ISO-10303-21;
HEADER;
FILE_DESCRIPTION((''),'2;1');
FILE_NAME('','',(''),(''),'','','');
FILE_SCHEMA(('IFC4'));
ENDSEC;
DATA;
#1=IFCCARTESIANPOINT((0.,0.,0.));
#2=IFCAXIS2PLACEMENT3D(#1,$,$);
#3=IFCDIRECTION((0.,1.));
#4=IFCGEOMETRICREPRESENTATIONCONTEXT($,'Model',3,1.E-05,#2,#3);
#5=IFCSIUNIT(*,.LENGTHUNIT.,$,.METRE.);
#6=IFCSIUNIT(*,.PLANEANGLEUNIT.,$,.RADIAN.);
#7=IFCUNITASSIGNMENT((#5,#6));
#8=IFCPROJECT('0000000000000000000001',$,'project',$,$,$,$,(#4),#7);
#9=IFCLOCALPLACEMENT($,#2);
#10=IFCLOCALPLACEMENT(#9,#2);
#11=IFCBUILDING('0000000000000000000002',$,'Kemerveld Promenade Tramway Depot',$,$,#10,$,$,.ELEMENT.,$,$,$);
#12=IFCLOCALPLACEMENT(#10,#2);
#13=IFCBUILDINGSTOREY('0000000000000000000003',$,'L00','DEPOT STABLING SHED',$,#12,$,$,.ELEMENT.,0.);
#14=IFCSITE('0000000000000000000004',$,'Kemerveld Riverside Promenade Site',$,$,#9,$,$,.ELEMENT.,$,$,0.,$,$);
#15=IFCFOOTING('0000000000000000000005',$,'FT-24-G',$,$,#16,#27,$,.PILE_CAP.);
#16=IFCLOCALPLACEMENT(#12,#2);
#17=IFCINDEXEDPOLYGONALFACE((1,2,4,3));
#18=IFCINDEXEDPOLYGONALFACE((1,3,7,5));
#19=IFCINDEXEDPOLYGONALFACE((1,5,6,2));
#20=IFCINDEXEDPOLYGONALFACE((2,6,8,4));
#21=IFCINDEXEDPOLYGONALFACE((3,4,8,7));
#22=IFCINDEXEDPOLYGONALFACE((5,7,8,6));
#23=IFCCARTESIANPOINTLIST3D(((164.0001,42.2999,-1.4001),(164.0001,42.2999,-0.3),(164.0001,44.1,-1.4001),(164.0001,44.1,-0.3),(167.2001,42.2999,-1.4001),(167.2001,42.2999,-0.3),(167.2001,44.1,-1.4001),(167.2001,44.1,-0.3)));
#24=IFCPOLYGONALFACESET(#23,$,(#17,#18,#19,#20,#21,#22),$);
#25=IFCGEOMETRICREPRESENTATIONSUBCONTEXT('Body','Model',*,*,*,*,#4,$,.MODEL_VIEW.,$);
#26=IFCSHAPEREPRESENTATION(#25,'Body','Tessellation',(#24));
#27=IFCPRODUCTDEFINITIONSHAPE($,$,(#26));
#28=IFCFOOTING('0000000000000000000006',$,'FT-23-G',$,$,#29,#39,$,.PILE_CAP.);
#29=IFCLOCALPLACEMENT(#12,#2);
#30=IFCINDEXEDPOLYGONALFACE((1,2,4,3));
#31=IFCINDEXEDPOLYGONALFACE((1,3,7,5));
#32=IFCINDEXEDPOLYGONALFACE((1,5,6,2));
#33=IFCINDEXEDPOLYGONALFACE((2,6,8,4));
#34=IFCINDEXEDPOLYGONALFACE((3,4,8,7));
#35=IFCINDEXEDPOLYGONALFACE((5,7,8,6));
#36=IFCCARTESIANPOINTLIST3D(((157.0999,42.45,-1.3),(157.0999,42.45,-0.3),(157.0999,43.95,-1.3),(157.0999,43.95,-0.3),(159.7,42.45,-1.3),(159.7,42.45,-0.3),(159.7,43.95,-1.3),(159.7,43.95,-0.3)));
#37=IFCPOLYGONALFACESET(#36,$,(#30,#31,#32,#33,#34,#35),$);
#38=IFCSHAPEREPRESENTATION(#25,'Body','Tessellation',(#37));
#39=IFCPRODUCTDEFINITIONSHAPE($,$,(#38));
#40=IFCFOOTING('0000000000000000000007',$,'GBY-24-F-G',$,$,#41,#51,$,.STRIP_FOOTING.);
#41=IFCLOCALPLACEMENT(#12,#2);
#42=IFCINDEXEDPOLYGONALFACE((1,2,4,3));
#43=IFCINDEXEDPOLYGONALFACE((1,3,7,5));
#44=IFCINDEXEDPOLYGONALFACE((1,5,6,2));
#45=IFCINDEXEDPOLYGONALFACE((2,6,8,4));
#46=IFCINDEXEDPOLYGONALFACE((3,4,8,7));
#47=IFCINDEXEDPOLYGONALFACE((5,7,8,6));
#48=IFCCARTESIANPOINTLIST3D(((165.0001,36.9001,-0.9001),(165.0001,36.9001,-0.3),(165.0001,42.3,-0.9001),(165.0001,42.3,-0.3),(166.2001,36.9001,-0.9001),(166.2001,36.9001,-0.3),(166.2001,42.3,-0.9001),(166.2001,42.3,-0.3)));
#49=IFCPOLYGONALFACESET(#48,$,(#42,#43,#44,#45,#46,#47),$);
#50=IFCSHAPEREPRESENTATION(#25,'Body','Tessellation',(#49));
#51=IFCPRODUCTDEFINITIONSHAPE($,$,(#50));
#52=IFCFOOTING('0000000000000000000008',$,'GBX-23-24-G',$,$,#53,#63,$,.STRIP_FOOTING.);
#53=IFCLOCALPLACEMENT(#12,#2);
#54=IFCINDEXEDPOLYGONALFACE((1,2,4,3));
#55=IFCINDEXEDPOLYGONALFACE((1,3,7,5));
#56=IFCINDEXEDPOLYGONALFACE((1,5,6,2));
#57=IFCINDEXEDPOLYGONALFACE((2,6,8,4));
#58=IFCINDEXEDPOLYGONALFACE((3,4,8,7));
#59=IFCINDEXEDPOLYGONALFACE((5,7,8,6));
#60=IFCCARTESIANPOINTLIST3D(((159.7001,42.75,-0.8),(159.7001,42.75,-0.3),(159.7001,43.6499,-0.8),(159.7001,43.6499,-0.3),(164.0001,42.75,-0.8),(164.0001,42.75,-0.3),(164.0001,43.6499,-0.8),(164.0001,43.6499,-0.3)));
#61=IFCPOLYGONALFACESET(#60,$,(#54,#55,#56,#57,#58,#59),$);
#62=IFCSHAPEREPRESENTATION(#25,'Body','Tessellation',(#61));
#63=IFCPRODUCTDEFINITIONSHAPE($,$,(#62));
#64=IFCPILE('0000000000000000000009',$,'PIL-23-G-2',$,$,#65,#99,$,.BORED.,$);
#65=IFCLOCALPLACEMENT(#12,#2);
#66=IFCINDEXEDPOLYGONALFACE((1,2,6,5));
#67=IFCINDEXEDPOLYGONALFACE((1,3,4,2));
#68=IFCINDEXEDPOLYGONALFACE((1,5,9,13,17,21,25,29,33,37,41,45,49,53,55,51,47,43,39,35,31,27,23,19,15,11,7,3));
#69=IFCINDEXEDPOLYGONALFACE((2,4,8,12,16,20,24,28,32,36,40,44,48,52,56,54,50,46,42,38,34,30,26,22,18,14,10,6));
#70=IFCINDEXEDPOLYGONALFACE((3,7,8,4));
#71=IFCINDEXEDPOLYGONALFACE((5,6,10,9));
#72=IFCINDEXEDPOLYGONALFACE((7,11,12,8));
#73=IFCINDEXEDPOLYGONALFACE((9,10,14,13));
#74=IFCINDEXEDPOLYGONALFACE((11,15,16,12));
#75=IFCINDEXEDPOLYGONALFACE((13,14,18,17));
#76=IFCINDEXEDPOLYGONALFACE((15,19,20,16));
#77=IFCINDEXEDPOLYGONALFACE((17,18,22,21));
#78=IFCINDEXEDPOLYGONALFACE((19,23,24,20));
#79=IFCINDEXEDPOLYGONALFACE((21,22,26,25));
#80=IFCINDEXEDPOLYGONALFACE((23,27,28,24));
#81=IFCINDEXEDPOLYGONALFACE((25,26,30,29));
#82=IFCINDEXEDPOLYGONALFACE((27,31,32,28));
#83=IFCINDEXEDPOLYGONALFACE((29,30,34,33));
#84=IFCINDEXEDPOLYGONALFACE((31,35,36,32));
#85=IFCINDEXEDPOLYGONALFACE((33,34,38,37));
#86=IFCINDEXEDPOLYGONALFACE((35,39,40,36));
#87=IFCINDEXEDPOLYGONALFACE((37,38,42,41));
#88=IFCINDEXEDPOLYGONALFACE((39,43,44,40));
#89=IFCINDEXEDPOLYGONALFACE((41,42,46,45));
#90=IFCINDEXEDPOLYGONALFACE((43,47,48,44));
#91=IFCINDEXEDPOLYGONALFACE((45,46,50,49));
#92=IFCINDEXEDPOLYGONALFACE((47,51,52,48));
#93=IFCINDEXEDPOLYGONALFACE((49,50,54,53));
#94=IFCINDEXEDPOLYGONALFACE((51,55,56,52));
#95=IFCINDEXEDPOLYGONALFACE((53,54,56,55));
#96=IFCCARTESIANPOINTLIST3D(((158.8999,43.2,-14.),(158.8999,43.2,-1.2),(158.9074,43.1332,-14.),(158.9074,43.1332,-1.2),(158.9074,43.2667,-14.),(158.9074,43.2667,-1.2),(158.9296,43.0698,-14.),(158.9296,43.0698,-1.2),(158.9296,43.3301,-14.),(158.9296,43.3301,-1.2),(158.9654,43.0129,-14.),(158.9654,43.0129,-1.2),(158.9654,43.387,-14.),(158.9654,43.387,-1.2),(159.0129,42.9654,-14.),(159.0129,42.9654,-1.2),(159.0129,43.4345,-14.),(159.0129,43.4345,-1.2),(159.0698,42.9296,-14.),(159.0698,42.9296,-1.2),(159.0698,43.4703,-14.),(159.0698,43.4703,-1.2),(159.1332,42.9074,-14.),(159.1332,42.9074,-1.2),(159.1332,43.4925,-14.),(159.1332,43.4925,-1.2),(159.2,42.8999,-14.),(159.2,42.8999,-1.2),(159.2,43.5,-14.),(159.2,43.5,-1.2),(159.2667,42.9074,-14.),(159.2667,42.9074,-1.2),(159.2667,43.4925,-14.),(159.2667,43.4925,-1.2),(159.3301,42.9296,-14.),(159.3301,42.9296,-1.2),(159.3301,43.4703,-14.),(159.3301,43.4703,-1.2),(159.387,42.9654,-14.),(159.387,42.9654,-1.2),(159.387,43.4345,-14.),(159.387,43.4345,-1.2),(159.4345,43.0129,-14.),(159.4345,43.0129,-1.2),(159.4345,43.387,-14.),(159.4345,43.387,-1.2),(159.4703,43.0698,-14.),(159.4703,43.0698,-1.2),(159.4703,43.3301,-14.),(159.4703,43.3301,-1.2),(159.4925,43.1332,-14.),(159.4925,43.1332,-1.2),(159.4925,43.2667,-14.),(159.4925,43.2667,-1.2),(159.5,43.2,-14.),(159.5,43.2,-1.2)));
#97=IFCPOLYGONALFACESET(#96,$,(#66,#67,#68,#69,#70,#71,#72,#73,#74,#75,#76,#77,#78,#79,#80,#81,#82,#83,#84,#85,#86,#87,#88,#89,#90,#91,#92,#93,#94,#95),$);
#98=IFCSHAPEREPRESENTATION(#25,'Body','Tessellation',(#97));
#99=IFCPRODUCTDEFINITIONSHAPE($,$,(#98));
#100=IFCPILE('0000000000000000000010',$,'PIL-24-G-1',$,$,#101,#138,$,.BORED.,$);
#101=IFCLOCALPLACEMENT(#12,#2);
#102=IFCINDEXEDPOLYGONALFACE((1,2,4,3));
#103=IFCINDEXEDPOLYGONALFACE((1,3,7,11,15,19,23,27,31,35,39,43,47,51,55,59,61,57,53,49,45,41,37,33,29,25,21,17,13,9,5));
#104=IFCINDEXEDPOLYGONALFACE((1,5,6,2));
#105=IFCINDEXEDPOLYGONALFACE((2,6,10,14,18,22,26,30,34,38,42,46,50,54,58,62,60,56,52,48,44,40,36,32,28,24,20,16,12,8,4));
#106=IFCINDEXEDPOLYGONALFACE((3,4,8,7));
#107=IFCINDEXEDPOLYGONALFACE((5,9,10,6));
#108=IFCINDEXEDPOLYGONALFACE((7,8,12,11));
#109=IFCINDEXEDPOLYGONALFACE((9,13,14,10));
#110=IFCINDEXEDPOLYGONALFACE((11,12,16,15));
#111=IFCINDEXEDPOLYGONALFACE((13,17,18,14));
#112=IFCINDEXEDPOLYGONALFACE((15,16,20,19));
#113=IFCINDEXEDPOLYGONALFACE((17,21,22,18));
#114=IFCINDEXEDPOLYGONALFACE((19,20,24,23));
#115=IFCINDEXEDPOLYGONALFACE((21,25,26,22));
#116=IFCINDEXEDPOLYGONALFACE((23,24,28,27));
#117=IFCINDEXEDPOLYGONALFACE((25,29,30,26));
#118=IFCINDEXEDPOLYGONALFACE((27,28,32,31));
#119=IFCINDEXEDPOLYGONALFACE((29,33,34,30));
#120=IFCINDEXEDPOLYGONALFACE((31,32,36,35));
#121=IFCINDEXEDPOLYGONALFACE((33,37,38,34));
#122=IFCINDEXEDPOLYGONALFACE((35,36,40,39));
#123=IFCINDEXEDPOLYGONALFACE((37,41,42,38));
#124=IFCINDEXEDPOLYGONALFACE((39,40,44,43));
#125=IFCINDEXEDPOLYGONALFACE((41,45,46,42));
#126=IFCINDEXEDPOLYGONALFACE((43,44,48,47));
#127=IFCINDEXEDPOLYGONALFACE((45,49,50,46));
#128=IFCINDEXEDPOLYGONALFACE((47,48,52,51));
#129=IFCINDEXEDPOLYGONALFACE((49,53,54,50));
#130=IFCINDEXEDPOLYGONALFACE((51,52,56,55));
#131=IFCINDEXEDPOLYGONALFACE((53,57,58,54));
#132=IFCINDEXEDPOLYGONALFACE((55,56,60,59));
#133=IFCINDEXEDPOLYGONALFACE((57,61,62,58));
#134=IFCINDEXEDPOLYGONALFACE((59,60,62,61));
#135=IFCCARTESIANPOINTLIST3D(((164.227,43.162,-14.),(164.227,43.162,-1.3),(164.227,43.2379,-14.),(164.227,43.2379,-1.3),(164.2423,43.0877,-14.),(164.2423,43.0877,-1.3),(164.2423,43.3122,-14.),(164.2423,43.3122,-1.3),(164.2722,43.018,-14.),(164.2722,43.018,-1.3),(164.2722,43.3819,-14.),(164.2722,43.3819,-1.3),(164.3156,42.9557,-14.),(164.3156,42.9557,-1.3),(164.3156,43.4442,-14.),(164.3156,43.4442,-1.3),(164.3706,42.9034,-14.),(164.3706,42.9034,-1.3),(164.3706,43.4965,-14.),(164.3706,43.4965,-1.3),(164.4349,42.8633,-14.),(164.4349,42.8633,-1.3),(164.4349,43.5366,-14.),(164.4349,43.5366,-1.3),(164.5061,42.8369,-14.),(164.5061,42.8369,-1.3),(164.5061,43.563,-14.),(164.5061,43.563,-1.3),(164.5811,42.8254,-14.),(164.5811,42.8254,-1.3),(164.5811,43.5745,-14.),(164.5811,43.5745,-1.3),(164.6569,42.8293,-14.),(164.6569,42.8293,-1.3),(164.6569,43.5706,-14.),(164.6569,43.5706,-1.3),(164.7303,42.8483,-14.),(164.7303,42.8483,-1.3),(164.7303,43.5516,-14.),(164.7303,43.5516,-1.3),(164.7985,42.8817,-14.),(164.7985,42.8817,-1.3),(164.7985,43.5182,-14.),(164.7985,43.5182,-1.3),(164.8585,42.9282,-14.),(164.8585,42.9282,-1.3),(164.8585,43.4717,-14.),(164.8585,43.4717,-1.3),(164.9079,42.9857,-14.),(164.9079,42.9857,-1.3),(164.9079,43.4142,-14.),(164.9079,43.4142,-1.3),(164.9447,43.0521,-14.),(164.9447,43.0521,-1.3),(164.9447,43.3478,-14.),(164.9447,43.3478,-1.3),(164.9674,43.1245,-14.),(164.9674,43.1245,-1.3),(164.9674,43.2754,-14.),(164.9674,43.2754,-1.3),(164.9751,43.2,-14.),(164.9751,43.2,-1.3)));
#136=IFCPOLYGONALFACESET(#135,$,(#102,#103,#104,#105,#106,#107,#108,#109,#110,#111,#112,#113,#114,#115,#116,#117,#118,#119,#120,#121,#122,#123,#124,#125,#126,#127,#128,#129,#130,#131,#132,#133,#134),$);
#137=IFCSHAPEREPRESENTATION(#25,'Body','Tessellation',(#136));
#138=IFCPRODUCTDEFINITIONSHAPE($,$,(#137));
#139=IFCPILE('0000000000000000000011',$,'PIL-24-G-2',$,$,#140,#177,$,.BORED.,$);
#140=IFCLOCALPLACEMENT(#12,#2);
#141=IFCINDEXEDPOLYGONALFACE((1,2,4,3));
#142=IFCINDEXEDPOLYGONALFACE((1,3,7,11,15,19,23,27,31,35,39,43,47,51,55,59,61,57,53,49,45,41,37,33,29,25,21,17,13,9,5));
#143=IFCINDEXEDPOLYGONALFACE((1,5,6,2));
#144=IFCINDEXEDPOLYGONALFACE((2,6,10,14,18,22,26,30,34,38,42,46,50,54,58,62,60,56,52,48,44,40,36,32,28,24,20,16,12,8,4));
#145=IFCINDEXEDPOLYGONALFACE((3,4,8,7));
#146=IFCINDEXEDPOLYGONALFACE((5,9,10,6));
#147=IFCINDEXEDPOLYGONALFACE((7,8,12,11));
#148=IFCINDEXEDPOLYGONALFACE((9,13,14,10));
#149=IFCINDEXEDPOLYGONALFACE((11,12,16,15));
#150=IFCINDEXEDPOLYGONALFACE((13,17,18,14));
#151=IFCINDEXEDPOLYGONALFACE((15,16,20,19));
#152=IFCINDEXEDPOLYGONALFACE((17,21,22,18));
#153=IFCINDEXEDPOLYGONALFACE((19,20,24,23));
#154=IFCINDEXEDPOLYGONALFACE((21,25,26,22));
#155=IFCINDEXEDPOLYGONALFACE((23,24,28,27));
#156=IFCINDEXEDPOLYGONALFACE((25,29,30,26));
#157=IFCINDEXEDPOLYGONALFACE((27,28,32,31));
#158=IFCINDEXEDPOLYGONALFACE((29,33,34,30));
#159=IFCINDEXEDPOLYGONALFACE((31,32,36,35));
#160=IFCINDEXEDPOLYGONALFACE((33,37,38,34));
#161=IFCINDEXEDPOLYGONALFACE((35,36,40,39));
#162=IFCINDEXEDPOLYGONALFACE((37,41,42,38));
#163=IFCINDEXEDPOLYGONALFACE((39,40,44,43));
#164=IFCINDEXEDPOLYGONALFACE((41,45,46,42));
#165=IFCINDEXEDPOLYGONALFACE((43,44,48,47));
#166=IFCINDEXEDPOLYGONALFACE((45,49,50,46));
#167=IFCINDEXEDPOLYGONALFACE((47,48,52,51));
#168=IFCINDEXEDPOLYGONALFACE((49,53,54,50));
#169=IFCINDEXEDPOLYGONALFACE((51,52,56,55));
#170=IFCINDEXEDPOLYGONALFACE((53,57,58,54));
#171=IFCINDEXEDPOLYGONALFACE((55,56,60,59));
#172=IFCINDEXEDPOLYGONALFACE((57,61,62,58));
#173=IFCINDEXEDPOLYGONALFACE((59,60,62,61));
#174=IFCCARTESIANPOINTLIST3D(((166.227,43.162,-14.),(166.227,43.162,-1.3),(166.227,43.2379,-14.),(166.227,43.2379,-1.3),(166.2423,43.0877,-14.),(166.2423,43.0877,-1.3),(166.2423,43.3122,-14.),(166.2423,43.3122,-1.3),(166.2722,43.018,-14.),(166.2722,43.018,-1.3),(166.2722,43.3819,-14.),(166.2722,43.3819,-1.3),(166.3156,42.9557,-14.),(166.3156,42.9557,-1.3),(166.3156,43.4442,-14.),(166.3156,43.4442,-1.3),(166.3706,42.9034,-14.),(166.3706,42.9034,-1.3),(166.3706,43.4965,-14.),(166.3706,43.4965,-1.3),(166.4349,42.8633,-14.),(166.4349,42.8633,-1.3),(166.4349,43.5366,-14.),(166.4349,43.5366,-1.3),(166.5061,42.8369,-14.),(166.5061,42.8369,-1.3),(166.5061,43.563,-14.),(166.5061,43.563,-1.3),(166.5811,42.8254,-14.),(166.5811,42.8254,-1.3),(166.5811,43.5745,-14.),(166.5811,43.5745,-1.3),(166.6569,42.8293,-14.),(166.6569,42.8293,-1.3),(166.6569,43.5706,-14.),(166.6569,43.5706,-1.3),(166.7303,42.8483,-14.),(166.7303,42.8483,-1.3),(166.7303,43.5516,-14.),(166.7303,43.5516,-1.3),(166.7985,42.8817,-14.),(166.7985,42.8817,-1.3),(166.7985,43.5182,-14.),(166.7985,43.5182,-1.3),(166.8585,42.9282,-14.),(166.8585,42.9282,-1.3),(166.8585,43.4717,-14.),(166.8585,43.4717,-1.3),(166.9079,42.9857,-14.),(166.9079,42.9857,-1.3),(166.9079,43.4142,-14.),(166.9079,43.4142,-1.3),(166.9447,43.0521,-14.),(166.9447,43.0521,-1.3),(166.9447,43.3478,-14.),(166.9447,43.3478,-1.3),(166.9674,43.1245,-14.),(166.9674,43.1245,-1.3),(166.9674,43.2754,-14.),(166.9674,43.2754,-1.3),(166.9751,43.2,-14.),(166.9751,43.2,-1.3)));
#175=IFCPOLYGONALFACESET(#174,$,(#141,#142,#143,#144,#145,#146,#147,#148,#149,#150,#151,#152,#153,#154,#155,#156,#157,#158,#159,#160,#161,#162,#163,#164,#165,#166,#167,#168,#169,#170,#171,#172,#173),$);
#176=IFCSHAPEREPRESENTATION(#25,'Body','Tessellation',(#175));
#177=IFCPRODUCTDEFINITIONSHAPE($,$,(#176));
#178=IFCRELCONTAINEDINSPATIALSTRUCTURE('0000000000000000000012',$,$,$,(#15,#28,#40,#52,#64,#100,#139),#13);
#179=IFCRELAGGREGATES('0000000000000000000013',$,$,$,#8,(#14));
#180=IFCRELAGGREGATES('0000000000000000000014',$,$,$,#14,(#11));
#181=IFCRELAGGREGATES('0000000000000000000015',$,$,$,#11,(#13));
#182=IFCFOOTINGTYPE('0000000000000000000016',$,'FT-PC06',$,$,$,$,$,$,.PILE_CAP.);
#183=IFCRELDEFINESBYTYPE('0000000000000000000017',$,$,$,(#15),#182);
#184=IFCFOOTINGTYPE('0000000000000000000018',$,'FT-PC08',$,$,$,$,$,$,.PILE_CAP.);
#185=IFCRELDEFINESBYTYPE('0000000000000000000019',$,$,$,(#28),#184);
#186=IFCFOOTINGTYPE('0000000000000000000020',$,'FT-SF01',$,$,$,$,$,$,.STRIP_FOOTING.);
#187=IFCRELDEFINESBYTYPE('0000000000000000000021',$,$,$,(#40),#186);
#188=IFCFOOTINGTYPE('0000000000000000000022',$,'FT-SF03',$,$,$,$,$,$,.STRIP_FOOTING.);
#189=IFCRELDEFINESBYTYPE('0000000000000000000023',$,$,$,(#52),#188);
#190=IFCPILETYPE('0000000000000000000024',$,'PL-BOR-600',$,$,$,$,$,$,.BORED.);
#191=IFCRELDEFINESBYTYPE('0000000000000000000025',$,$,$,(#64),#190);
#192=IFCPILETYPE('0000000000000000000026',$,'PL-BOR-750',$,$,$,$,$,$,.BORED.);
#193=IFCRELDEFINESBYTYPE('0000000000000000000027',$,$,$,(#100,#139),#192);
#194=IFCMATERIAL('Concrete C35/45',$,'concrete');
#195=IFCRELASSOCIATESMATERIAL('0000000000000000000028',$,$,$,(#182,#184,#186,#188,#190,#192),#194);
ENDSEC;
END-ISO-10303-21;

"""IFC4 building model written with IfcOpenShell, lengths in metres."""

from ifc_helpers import new_model, si_unit, direction, frame, origin, origin_2d, place, context, subcontext, project, spatial, rectangle, circle, extrude, material, material_profile, profile_set, type_object, element, save


model = new_model("IFC4")

# Units and contexts
model_context = context("Model", 3, precision=1e-05, world=origin(), true_north=direction((0.0, 1.0)))
body_context = subcontext(model_context, "Body", "Model", "MODEL_VIEW")
ifc_project = project(units=[si_unit("LENGTHUNIT", "METRE"), si_unit("PLANEANGLEUNIT", "RADIAN")], contexts=[model_context])

# Site, building, storey
site_placement = place(None, origin())
site = spatial("IfcSite", under=ifc_project, at=site_placement, Name="Kemerveld Riverside Promenade Site", CompositionType="ELEMENT", RefElevation=0.0)
building_placement = place(site_placement, origin())
building = spatial("IfcBuilding", under=site, at=building_placement, Name="Kemerveld Promenade Tramway Depot", CompositionType="ELEMENT")
storey_placement = place(building_placement, origin())
storey = spatial("IfcBuildingStorey", under=building, at=storey_placement, Name="L00", Description="DEPOT STABLING SHED", CompositionType="ELEMENT", Elevation=0.0)

# Footings
ifc_material_1 = material(Name="Concrete C35/45", Category="concrete")
footing_type_1 = type_object("IfcFootingType", Name="FT-PC06", PredefinedType="PILE_CAP", material=ifc_material_1)
footing_1_placement = place(storey_placement, frame((165.6001, 43.2, -1.4001), z_axis=(0.0, 0.0, 1.0), x_axis=(1.0, 0.0, 0.0)))
element("IfcFooting", 1, at=footing_1_placement, inside=storey, type_object=footing_type_1, Name="FT-24-G", PredefinedType="PILE_CAP", context=body_context, shape_type="SweptSolid", body=[
    extrude(rectangle(XDim=3.2, YDim=1.8, at=origin_2d()), origin(), (0.0, 0.0, 1.0), 1.1001),
])
footing_type_2 = type_object("IfcFootingType", Name="FT-PC08", PredefinedType="PILE_CAP", material=ifc_material_1)
footing_2_placement = place(storey_placement, frame((158.3999, 43.2, -1.3), z_axis=(0.0, 0.0, 1.0), x_axis=(1.0, 0.0, 0.0)))
element("IfcFooting", 2, at=footing_2_placement, inside=storey, type_object=footing_type_2, Name="FT-23-G", PredefinedType="PILE_CAP", context=body_context, shape_type="SweptSolid", body=[
    extrude(rectangle(XDim=2.6001, YDim=1.5, at=origin_2d()), origin(), (0.0, 0.0, 1.0), 1.0),
])
footing_type_3 = type_object("IfcFootingType", Name="FT-SF01", PredefinedType="STRIP_FOOTING", material=ifc_material_1)
footing_3_placement = place(storey_placement, frame((165.6001, 39.6001, -0.9001), z_axis=(0.0, 0.0, 1.0), x_axis=(0.0, 1.0, 0.0)))
element("IfcFooting", 3, at=footing_3_placement, inside=storey, type_object=footing_type_3, Name="GBY-24-F-G", PredefinedType="STRIP_FOOTING", context=body_context, shape_type="SweptSolid", body=[
    extrude(rectangle(XDim=5.3999, YDim=1.2, at=origin_2d()), origin(), (0.0, 0.0, 1.0), 0.6001),
])
footing_type_4 = type_object("IfcFootingType", Name="FT-SF03", PredefinedType="STRIP_FOOTING", material=ifc_material_1)
footing_4_placement = place(storey_placement, frame((161.8501, 43.2, -0.8), z_axis=(0.0, 0.0, 1.0), x_axis=(1.0, 0.0, 0.0)))
element("IfcFooting", 4, at=footing_4_placement, inside=storey, type_object=footing_type_4, Name="GBX-23-24-G", PredefinedType="STRIP_FOOTING", context=body_context, shape_type="SweptSolid", body=[
    extrude(rectangle(XDim=4.3, YDim=0.8999, at=origin_2d()), origin(), (0.0, 0.0, 1.0), 0.5),
])

# Piles
ifc_material_profile_1 = material_profile(ifc_material_1, circle(Radius=0.3, at=origin_2d()), Name="PILE-D600")
ifc_profile_set_1 = profile_set([ifc_material_profile_1], Name="Concrete C35/45")
pile_type_1 = type_object("IfcPileType", Name="PL-BOR-600", PredefinedType="BORED", material=ifc_profile_set_1)
pile_placement = place(storey_placement, frame((159.2, 43.2, -1.2), z_axis=(0.0, 0.0, -1.0), x_axis=(1.0, 0.0, 0.0)))
element("IfcPile", 5, at=pile_placement, inside=storey, type_object=pile_type_1, Name="PIL-23-G-2", PredefinedType="BORED", context=body_context, shape_type="SweptSolid", body=[
    extrude(circle(Radius=0.3, at=origin_2d()), origin(), (0.0, 0.0, 1.0), 12.8),
])
ifc_material_profile_2 = material_profile(ifc_material_1, circle(Radius=0.375, at=origin_2d()), Name="PILE-D750")
ifc_profile_set_2 = profile_set([ifc_material_profile_2], Name="Concrete C35/45")
pile_type_2 = type_object("IfcPileType", Name="PL-BOR-750", PredefinedType="BORED", material=ifc_profile_set_2)
for number, where, z_axis, x_axis, name in (
    (6, (164.6001, 43.2, -1.3), (0.0, 0.0, -1.0), (1.0, 0.0, 0.0), "PIL-24-G-1"),
    (7, (166.6001, 43.2, -1.3), (0.0, 0.0, -1.0), (1.0, 0.0, 0.0), "PIL-24-G-2"),
):
    element("IfcPile", number, at=place(storey_placement, frame(where, z_axis=z_axis, x_axis=x_axis)), inside=storey, type_object=pile_type_2, Name=name, PredefinedType="BORED", context=body_context, shape_type="SweptSolid", body=[
        extrude(circle(Radius=0.375, at=origin_2d()), origin(), (0.0, 0.0, 1.0), 12.7),
    ])

save(model, "model.ifc")
